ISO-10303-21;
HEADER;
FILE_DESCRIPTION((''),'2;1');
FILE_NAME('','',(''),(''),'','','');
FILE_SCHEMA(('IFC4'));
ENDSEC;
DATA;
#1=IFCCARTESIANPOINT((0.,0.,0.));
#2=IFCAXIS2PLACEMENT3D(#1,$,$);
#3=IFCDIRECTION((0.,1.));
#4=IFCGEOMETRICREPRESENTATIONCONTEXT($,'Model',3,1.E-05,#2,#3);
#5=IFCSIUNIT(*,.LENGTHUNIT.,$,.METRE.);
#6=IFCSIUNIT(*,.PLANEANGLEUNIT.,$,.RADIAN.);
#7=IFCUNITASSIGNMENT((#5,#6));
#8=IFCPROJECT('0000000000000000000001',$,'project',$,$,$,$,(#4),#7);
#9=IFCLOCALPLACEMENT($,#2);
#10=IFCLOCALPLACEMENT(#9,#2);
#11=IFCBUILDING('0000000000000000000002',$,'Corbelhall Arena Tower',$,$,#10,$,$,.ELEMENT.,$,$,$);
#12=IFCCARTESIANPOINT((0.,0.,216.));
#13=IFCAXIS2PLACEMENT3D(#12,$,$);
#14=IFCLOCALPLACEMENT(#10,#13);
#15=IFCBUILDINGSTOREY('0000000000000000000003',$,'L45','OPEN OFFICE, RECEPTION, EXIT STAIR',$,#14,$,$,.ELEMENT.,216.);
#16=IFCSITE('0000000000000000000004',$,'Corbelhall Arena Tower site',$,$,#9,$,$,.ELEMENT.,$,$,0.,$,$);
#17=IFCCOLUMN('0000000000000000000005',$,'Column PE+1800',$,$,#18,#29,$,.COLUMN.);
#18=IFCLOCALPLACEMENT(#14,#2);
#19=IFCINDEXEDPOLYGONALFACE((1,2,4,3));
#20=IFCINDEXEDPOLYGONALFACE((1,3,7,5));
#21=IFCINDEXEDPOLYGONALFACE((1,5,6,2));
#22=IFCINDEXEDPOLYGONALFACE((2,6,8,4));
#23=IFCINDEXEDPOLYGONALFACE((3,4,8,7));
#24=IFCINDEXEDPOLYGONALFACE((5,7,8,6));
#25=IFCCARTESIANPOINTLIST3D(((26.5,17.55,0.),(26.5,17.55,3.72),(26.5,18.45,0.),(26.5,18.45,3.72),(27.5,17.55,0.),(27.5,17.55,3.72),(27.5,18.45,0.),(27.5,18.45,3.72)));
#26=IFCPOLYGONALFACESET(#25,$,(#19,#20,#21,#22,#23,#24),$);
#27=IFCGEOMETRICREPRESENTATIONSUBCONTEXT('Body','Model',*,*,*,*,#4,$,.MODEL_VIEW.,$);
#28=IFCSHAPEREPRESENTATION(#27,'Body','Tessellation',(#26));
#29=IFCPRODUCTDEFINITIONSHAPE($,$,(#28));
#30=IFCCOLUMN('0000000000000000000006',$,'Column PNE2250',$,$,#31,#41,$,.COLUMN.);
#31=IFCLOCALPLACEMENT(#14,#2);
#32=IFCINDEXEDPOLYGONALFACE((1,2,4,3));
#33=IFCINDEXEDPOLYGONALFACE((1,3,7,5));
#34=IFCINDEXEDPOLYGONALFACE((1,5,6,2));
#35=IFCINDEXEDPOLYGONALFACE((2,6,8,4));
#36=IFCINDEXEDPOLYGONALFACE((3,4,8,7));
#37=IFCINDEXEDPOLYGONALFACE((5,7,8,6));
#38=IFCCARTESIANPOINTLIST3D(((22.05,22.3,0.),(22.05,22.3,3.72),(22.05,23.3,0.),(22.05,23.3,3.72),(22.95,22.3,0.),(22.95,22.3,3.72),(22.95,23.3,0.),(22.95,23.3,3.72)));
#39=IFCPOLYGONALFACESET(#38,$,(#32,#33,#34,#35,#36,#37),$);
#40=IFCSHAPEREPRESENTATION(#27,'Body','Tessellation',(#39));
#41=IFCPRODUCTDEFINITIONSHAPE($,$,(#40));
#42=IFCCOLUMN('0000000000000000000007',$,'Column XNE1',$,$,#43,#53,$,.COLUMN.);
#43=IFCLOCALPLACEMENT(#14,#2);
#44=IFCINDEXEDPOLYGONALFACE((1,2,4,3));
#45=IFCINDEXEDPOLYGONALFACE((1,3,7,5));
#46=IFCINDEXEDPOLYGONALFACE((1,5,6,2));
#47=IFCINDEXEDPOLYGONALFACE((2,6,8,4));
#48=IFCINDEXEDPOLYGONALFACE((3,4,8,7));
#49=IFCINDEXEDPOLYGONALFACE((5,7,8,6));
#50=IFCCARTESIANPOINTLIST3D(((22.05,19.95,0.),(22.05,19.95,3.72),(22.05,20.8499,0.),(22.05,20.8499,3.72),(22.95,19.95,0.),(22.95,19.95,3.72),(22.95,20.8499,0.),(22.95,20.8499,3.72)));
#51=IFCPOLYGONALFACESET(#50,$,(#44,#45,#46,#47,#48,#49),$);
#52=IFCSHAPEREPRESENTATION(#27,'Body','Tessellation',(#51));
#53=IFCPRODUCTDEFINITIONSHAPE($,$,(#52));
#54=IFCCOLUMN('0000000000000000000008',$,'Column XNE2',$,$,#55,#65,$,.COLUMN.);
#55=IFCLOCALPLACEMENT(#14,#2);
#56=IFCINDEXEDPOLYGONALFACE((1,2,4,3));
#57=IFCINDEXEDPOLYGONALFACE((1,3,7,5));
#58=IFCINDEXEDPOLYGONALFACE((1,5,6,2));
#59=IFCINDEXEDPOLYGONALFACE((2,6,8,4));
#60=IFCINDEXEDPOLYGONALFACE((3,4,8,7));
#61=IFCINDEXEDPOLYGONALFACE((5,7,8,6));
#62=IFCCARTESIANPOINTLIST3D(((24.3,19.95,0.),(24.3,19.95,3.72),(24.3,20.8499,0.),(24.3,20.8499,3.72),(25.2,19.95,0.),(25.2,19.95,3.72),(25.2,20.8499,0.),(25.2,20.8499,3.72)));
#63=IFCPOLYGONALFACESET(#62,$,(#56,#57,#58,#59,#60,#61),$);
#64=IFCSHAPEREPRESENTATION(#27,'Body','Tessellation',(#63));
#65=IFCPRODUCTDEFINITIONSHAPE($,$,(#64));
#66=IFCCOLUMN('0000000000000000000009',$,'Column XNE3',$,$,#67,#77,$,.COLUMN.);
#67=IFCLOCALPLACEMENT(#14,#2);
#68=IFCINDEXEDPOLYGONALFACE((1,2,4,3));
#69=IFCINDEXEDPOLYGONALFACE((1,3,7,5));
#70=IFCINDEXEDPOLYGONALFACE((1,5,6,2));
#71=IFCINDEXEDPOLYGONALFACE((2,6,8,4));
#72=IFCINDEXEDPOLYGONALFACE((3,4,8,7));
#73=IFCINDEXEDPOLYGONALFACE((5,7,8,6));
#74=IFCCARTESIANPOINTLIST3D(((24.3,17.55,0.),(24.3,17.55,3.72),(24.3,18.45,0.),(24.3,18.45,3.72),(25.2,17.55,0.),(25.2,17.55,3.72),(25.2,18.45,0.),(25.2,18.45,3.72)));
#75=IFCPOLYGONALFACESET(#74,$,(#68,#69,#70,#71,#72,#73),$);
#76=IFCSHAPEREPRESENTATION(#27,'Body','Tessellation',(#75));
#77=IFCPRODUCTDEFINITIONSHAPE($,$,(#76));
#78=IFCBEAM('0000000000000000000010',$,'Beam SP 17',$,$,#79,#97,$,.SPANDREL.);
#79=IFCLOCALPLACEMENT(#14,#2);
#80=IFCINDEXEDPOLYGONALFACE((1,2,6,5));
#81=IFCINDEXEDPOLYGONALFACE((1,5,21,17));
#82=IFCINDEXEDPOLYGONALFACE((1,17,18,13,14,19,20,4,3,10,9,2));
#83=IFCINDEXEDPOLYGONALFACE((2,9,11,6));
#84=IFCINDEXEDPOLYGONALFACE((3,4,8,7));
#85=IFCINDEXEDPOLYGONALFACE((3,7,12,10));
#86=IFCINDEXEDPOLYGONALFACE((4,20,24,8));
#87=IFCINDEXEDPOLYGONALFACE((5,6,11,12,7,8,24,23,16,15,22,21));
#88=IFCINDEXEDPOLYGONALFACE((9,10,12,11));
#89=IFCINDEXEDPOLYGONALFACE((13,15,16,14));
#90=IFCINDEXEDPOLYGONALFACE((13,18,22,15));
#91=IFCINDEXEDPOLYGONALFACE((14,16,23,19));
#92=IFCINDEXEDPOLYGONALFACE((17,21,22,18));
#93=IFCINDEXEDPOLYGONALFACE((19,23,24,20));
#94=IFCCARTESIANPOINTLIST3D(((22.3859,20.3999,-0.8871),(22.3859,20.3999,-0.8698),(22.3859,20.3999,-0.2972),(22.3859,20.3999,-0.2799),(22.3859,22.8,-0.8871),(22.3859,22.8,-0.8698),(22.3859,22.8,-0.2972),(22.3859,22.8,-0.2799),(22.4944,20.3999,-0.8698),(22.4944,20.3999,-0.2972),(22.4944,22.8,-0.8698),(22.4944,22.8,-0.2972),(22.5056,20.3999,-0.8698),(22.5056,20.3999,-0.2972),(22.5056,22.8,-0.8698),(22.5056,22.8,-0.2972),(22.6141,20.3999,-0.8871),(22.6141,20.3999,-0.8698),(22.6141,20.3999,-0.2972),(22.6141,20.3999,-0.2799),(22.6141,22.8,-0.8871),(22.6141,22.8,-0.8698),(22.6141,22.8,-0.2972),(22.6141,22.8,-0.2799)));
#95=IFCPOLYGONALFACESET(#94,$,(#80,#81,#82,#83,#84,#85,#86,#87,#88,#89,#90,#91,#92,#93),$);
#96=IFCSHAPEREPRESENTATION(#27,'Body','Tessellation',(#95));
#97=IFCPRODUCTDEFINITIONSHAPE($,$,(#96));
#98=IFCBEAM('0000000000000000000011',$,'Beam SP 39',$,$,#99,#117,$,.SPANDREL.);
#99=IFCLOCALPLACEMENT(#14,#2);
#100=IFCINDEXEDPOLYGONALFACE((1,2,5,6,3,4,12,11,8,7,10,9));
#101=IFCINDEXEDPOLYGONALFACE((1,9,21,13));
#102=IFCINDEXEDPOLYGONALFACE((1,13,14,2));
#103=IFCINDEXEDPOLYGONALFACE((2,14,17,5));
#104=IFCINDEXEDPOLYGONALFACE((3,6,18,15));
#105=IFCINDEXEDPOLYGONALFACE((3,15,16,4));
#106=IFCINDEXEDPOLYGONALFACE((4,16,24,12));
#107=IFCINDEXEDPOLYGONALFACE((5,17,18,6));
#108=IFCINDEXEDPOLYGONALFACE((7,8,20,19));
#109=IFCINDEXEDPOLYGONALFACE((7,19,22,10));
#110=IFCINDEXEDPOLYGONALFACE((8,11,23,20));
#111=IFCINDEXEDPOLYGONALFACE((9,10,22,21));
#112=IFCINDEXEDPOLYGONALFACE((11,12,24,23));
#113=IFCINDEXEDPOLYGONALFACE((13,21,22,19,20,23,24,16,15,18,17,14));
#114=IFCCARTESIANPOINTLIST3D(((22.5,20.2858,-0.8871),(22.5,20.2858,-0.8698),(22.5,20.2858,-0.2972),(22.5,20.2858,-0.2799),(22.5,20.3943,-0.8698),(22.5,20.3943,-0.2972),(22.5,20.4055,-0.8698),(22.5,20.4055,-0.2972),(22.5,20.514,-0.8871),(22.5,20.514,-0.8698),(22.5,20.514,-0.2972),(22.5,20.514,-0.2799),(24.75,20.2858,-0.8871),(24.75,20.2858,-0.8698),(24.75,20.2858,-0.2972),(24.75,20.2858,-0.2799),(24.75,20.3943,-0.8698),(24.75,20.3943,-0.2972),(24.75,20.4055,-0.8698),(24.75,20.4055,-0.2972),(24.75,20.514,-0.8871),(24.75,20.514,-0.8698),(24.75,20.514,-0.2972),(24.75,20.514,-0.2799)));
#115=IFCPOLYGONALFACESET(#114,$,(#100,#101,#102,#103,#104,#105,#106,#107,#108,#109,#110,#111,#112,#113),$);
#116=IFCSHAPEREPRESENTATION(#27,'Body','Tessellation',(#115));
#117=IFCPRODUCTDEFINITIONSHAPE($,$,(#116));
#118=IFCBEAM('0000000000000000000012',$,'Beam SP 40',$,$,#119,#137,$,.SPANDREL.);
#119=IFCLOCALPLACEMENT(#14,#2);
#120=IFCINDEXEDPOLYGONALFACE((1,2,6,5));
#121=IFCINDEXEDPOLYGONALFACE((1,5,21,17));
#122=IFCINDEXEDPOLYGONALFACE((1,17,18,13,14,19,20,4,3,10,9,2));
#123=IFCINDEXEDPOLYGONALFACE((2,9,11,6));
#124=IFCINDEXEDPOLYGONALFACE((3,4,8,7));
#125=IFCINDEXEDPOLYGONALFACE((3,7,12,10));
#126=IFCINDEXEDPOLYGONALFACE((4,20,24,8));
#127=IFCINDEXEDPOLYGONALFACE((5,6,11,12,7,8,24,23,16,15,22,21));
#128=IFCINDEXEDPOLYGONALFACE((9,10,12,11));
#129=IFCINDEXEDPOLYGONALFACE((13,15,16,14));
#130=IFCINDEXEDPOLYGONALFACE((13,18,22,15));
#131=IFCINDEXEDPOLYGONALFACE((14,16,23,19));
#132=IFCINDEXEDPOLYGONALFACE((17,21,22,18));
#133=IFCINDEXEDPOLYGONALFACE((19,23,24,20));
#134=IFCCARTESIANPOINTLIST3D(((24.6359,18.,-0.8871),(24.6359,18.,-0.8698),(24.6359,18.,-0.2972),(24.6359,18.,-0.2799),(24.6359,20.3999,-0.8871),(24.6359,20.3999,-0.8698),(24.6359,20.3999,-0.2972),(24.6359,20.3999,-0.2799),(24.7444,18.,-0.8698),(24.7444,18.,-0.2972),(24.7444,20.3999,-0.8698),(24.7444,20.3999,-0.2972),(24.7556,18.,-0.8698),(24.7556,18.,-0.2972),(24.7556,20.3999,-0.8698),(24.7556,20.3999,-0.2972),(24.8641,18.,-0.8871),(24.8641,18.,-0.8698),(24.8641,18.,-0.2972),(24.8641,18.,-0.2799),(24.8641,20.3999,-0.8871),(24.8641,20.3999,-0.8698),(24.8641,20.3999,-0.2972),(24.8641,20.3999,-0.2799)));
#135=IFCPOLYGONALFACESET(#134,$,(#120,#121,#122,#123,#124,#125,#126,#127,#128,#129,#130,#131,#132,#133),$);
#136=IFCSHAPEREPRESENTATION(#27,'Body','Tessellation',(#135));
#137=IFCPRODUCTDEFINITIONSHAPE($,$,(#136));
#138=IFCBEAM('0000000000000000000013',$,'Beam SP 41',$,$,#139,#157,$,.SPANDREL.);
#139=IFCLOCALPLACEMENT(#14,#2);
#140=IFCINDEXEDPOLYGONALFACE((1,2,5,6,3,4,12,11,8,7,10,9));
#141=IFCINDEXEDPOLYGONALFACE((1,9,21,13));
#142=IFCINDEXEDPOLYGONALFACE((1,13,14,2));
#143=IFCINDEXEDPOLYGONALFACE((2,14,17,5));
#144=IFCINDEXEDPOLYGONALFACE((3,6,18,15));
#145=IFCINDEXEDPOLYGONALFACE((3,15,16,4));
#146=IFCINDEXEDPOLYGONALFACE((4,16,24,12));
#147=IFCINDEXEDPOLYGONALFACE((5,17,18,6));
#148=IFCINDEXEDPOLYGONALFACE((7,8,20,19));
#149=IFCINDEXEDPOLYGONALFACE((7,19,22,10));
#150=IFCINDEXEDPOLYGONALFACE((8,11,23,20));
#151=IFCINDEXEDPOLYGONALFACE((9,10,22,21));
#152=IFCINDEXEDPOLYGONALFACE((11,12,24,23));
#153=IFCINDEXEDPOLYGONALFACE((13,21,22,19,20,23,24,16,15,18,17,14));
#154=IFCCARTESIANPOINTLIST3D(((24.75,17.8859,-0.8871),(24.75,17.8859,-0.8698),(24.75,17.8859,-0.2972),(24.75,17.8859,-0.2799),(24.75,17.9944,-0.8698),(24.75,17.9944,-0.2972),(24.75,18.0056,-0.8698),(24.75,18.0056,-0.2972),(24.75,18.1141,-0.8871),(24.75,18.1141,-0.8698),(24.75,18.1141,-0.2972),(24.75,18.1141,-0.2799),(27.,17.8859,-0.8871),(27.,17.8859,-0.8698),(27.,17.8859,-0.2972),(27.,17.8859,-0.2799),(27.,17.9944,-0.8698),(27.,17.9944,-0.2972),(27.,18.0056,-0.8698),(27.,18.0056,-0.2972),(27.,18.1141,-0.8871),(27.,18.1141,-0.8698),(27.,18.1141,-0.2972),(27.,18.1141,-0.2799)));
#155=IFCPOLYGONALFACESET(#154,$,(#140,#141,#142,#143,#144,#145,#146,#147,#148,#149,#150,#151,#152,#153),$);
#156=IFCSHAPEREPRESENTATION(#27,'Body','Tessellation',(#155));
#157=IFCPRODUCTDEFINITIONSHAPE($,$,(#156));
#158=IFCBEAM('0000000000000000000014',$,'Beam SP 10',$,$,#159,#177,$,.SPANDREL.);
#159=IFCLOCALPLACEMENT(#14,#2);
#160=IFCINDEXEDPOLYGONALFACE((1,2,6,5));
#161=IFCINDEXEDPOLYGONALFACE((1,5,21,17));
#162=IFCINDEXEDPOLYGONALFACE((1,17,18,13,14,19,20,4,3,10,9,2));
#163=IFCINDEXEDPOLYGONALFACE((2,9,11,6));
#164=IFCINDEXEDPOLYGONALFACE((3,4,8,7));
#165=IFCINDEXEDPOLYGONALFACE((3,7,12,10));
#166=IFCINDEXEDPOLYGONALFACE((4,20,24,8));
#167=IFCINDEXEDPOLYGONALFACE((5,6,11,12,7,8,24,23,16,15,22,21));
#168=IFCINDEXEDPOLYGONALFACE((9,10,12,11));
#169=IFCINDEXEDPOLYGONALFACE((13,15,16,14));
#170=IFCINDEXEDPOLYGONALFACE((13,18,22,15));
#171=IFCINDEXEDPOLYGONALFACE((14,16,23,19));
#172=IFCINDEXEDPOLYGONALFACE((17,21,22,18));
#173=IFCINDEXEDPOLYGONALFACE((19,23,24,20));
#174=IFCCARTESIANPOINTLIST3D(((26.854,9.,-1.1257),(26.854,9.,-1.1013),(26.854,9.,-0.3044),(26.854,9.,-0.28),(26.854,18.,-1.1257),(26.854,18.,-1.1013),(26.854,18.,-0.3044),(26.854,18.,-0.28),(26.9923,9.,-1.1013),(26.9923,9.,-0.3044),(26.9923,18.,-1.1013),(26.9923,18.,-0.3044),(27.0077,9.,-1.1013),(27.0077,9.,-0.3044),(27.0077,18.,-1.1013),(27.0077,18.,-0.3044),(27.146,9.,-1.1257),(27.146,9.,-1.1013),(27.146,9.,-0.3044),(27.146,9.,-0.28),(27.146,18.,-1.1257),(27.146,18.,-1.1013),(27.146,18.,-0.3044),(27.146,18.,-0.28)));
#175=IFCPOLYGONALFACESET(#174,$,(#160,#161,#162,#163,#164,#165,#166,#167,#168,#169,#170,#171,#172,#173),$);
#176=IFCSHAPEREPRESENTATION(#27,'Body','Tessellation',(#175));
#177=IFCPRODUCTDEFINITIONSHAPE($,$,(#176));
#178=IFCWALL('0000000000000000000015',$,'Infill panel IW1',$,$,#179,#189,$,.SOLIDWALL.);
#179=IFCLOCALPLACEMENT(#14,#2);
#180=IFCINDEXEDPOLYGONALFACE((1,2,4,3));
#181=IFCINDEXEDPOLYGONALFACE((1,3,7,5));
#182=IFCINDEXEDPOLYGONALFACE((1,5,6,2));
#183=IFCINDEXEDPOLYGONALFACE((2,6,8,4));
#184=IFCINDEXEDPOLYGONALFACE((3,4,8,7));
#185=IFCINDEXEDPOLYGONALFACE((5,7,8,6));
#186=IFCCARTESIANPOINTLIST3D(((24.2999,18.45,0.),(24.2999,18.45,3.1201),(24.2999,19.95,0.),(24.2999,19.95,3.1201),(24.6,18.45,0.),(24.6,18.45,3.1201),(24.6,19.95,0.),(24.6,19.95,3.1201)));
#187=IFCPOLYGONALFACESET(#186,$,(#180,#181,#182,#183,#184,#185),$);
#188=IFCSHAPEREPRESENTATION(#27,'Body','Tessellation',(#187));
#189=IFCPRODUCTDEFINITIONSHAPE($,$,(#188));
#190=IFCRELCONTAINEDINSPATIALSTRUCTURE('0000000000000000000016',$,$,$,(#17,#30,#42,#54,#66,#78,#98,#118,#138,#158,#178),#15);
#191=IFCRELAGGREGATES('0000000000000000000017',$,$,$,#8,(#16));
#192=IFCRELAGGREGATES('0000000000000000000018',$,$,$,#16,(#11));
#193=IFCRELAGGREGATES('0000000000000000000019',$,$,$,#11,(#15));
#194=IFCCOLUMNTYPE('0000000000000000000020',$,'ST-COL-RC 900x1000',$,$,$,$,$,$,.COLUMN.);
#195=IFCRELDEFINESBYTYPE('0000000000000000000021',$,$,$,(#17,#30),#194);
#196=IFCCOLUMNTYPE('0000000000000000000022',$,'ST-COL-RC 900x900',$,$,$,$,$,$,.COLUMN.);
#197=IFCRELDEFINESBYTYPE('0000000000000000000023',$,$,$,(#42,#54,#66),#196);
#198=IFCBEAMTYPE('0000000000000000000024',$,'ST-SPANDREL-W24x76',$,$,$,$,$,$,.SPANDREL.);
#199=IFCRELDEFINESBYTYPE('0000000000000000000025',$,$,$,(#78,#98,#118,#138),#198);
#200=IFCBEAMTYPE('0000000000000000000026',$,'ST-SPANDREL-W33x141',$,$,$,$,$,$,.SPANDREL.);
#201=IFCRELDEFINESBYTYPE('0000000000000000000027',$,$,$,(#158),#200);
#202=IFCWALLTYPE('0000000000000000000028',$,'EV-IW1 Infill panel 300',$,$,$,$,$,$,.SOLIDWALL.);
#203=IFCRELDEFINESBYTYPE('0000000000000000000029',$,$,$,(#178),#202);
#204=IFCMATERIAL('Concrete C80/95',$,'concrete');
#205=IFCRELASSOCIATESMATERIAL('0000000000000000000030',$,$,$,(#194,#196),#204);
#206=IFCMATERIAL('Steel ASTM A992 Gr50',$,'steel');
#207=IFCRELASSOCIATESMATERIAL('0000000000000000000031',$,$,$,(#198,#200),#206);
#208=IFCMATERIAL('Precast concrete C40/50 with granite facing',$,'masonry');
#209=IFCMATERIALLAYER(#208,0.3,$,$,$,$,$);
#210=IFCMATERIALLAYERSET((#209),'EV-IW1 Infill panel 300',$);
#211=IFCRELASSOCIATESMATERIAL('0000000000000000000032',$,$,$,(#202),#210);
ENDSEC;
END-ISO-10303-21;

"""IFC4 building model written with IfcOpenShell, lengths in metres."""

from ifc_helpers import new_model, si_unit, direction, frame, frame_2d, origin, origin_2d, place, context, subcontext, project, spatial, rectangle, i_section, extrude, material, layer, layer_set, material_profile, profile_set, type_object, element, save


model = new_model("IFC4")

# Units and contexts
model_context = context("Model", 3, precision=1e-05, world=origin(), true_north=direction((0.0, 1.0)))
body_context = subcontext(model_context, "Body", "Model", "MODEL_VIEW")
ifc_project = project(units=[si_unit("LENGTHUNIT", "METRE"), si_unit("PLANEANGLEUNIT", "RADIAN")], contexts=[model_context])

# Site, building, storey
site_placement = place(None, origin())
site = spatial("IfcSite", under=ifc_project, at=site_placement, Name="Corbelhall Arena Tower site", CompositionType="ELEMENT", RefElevation=0.0)
building_placement = place(site_placement, origin())
building = spatial("IfcBuilding", under=site, at=building_placement, Name="Corbelhall Arena Tower", CompositionType="ELEMENT")
storey_placement = place(building_placement, frame((0.0, 0.0, 216.0)))
storey = spatial("IfcBuildingStorey", under=building, at=storey_placement, Name="L45", Description="OPEN OFFICE, RECEPTION, EXIT STAIR", CompositionType="ELEMENT", Elevation=216.0)

# Columns
ifc_material_1 = material(Name="Concrete C80/95", Category="concrete")
ifc_material_profile_1 = material_profile(ifc_material_1, rectangle(XDim=0.8999, YDim=1.0, at=origin_2d()))
ifc_profile_set_1 = profile_set([ifc_material_profile_1], Name="Concrete C80/95")
column_type_1 = type_object("IfcColumnType", Name="ST-COL-RC 900x1000", PredefinedType="COLUMN", material=ifc_profile_set_1)
for number, where, z_axis, x_axis, name in (
    (1, (27.0, 18.0, 0.0), (0.0, 0.0, 1.0), (0.0, 1.0, 0.0), "Column PE+1800"),
    (2, (22.5, 22.8, 0.0), (0.0, 0.0, 1.0), (1.0, 0.0, 0.0), "Column PNE2250"),
):
    element("IfcColumn", number, at=place(storey_placement, frame(where, z_axis=z_axis, x_axis=x_axis)), inside=storey, type_object=column_type_1, Name=name, PredefinedType="COLUMN", context=body_context, shape_type="SweptSolid", body=[
        extrude(rectangle(XDim=0.8999, YDim=1.0, at=origin_2d()), origin(), (0.0, 0.0, 1.0), 3.72),
    ])
ifc_material_profile_2 = material_profile(ifc_material_1, rectangle(XDim=0.8999, YDim=0.8999, at=origin_2d()))
ifc_profile_set_2 = profile_set([ifc_material_profile_2], Name="Concrete C80/95")
column_type_2 = type_object("IfcColumnType", Name="ST-COL-RC 900x900", PredefinedType="COLUMN", material=ifc_profile_set_2)
for number, where, z_axis, x_axis, name in (
    (3, (22.5, 20.3999, 0.0), (0.0, 0.0, 1.0), (1.0, 0.0, 0.0), "Column XNE1"),
    (4, (24.75, 20.3999, 0.0), (0.0, 0.0, 1.0), (1.0, 0.0, 0.0), "Column XNE2"),
    (5, (24.75, 18.0, 0.0), (0.0, 0.0, 1.0), (1.0, 0.0, 0.0), "Column XNE3"),
):
    element("IfcColumn", number, at=place(storey_placement, frame(where, z_axis=z_axis, x_axis=x_axis)), inside=storey, type_object=column_type_2, Name=name, PredefinedType="COLUMN", context=body_context, shape_type="SweptSolid", body=[
        extrude(rectangle(XDim=0.8999, YDim=0.8999, at=origin_2d()), origin(), (0.0, 0.0, 1.0), 3.72),
    ])

# Beams
ifc_material_2 = material(Name="Steel ASTM A992 Gr50", Category="steel")
ifc_material_profile_3 = material_profile(ifc_material_2, i_section(OverallWidth=0.2283, OverallDepth=0.6072, WebThickness=0.0112, FlangeThickness=0.0173, at=origin_2d()))
ifc_profile_set_3 = profile_set([ifc_material_profile_3], Name="Steel ASTM A992 Gr50")
beam_type_1 = type_object("IfcBeamType", Name="ST-SPANDREL-W24x76", PredefinedType="SPANDREL", material=ifc_profile_set_3)
beam_1_placement = place(storey_placement, frame((22.5, 22.8, -0.5835), z_axis=(0.0, -1.0, 0.0), x_axis=(1.0, 0.0, 0.0)))
element("IfcBeam", 6, at=beam_1_placement, inside=storey, type_object=beam_type_1, Name="Beam SP 17", PredefinedType="SPANDREL", context=body_context, shape_type="SweptSolid", body=[
    extrude(i_section(OverallWidth=0.2283, OverallDepth=0.6072, WebThickness=0.0112, FlangeThickness=0.0173, at=origin_2d()), origin(), (0.0, 0.0, 1.0), 2.4001),
])
beam_2_placement = place(storey_placement, frame((22.5, 20.3999, -0.5835), z_axis=(1.0, 0.0, 0.0), x_axis=(0.0, 1.0, 0.0)))
element("IfcBeam", 7, at=beam_2_placement, inside=storey, type_object=beam_type_1, Name="Beam SP 39", PredefinedType="SPANDREL", context=body_context, shape_type="SweptSolid", body=[
    extrude(i_section(OverallWidth=0.2283, OverallDepth=0.6072, WebThickness=0.0112, FlangeThickness=0.0173, at=origin_2d()), origin(), (0.0, 0.0, 1.0), 2.25),
])
beam_3_placement = place(storey_placement, frame((24.75, 20.3999, -0.5835), z_axis=(0.0, -1.0, 0.0), x_axis=(1.0, 0.0, 0.0)))
element("IfcBeam", 8, at=beam_3_placement, inside=storey, type_object=beam_type_1, Name="Beam SP 40", PredefinedType="SPANDREL", context=body_context, shape_type="SweptSolid", body=[
    extrude(i_section(OverallWidth=0.2283, OverallDepth=0.6072, WebThickness=0.0112, FlangeThickness=0.0173, at=origin_2d()), origin(), (0.0, 0.0, 1.0), 2.3999),
])
beam_4_placement = place(storey_placement, frame((24.75, 18.0, -0.5835), z_axis=(1.0, 0.0, 0.0), x_axis=(0.0, 1.0, 0.0)))
element("IfcBeam", 9, at=beam_4_placement, inside=storey, type_object=beam_type_1, Name="Beam SP 41", PredefinedType="SPANDREL", context=body_context, shape_type="SweptSolid", body=[
    extrude(i_section(OverallWidth=0.2283, OverallDepth=0.6072, WebThickness=0.0112, FlangeThickness=0.0173, at=origin_2d()), origin(), (0.0, 0.0, 1.0), 2.25),
])
ifc_material_profile_4 = material_profile(ifc_material_2, i_section(OverallWidth=0.292, OverallDepth=0.8457, WebThickness=0.0154, FlangeThickness=0.0244, at=origin_2d()))
ifc_profile_set_4 = profile_set([ifc_material_profile_4], Name="Steel ASTM A992 Gr50")
beam_type_2 = type_object("IfcBeamType", Name="ST-SPANDREL-W33x141", PredefinedType="SPANDREL", material=ifc_profile_set_4)
beam_5_placement = place(storey_placement, frame((27.0, 18.0, -0.7029), z_axis=(0.0, -1.0, 0.0), x_axis=(1.0, 0.0, 0.0)))
element("IfcBeam", 10, at=beam_5_placement, inside=storey, type_object=beam_type_2, Name="Beam SP 10", PredefinedType="SPANDREL", context=body_context, shape_type="SweptSolid", body=[
    extrude(i_section(OverallWidth=0.292, OverallDepth=0.8457, WebThickness=0.0154, FlangeThickness=0.0244, at=origin_2d()), origin(), (0.0, 0.0, 1.0), 9.0),
])

# Wall
ifc_material_3 = material(Name="Precast concrete C40/50 with granite facing", Category="masonry")
ifc_layer = layer(ifc_material_3, 0.3)
ifc_layer_set = layer_set([ifc_layer], Name="EV-IW1 Infill panel 300")
wall_type = type_object("IfcWallType", Name="EV-IW1 Infill panel 300", PredefinedType="SOLIDWALL", material=ifc_layer_set)
wall_1_placement = place(storey_placement, frame((24.45, 18.45, 0.0), z_axis=(0.0, 0.0, 1.0), x_axis=(0.0, 1.0, 0.0)))
element("IfcWall", 11, at=wall_1_placement, inside=storey, type_object=wall_type, Name="Infill panel IW1", PredefinedType="SOLIDWALL", context=body_context, shape_type="SweptSolid", body=[
    extrude(rectangle(XDim=1.5, YDim=0.3, at=frame_2d((0.75, 0.0))), origin(), (0.0, 0.0, 1.0), 3.1201),
])

save(model, "model.ifc")
